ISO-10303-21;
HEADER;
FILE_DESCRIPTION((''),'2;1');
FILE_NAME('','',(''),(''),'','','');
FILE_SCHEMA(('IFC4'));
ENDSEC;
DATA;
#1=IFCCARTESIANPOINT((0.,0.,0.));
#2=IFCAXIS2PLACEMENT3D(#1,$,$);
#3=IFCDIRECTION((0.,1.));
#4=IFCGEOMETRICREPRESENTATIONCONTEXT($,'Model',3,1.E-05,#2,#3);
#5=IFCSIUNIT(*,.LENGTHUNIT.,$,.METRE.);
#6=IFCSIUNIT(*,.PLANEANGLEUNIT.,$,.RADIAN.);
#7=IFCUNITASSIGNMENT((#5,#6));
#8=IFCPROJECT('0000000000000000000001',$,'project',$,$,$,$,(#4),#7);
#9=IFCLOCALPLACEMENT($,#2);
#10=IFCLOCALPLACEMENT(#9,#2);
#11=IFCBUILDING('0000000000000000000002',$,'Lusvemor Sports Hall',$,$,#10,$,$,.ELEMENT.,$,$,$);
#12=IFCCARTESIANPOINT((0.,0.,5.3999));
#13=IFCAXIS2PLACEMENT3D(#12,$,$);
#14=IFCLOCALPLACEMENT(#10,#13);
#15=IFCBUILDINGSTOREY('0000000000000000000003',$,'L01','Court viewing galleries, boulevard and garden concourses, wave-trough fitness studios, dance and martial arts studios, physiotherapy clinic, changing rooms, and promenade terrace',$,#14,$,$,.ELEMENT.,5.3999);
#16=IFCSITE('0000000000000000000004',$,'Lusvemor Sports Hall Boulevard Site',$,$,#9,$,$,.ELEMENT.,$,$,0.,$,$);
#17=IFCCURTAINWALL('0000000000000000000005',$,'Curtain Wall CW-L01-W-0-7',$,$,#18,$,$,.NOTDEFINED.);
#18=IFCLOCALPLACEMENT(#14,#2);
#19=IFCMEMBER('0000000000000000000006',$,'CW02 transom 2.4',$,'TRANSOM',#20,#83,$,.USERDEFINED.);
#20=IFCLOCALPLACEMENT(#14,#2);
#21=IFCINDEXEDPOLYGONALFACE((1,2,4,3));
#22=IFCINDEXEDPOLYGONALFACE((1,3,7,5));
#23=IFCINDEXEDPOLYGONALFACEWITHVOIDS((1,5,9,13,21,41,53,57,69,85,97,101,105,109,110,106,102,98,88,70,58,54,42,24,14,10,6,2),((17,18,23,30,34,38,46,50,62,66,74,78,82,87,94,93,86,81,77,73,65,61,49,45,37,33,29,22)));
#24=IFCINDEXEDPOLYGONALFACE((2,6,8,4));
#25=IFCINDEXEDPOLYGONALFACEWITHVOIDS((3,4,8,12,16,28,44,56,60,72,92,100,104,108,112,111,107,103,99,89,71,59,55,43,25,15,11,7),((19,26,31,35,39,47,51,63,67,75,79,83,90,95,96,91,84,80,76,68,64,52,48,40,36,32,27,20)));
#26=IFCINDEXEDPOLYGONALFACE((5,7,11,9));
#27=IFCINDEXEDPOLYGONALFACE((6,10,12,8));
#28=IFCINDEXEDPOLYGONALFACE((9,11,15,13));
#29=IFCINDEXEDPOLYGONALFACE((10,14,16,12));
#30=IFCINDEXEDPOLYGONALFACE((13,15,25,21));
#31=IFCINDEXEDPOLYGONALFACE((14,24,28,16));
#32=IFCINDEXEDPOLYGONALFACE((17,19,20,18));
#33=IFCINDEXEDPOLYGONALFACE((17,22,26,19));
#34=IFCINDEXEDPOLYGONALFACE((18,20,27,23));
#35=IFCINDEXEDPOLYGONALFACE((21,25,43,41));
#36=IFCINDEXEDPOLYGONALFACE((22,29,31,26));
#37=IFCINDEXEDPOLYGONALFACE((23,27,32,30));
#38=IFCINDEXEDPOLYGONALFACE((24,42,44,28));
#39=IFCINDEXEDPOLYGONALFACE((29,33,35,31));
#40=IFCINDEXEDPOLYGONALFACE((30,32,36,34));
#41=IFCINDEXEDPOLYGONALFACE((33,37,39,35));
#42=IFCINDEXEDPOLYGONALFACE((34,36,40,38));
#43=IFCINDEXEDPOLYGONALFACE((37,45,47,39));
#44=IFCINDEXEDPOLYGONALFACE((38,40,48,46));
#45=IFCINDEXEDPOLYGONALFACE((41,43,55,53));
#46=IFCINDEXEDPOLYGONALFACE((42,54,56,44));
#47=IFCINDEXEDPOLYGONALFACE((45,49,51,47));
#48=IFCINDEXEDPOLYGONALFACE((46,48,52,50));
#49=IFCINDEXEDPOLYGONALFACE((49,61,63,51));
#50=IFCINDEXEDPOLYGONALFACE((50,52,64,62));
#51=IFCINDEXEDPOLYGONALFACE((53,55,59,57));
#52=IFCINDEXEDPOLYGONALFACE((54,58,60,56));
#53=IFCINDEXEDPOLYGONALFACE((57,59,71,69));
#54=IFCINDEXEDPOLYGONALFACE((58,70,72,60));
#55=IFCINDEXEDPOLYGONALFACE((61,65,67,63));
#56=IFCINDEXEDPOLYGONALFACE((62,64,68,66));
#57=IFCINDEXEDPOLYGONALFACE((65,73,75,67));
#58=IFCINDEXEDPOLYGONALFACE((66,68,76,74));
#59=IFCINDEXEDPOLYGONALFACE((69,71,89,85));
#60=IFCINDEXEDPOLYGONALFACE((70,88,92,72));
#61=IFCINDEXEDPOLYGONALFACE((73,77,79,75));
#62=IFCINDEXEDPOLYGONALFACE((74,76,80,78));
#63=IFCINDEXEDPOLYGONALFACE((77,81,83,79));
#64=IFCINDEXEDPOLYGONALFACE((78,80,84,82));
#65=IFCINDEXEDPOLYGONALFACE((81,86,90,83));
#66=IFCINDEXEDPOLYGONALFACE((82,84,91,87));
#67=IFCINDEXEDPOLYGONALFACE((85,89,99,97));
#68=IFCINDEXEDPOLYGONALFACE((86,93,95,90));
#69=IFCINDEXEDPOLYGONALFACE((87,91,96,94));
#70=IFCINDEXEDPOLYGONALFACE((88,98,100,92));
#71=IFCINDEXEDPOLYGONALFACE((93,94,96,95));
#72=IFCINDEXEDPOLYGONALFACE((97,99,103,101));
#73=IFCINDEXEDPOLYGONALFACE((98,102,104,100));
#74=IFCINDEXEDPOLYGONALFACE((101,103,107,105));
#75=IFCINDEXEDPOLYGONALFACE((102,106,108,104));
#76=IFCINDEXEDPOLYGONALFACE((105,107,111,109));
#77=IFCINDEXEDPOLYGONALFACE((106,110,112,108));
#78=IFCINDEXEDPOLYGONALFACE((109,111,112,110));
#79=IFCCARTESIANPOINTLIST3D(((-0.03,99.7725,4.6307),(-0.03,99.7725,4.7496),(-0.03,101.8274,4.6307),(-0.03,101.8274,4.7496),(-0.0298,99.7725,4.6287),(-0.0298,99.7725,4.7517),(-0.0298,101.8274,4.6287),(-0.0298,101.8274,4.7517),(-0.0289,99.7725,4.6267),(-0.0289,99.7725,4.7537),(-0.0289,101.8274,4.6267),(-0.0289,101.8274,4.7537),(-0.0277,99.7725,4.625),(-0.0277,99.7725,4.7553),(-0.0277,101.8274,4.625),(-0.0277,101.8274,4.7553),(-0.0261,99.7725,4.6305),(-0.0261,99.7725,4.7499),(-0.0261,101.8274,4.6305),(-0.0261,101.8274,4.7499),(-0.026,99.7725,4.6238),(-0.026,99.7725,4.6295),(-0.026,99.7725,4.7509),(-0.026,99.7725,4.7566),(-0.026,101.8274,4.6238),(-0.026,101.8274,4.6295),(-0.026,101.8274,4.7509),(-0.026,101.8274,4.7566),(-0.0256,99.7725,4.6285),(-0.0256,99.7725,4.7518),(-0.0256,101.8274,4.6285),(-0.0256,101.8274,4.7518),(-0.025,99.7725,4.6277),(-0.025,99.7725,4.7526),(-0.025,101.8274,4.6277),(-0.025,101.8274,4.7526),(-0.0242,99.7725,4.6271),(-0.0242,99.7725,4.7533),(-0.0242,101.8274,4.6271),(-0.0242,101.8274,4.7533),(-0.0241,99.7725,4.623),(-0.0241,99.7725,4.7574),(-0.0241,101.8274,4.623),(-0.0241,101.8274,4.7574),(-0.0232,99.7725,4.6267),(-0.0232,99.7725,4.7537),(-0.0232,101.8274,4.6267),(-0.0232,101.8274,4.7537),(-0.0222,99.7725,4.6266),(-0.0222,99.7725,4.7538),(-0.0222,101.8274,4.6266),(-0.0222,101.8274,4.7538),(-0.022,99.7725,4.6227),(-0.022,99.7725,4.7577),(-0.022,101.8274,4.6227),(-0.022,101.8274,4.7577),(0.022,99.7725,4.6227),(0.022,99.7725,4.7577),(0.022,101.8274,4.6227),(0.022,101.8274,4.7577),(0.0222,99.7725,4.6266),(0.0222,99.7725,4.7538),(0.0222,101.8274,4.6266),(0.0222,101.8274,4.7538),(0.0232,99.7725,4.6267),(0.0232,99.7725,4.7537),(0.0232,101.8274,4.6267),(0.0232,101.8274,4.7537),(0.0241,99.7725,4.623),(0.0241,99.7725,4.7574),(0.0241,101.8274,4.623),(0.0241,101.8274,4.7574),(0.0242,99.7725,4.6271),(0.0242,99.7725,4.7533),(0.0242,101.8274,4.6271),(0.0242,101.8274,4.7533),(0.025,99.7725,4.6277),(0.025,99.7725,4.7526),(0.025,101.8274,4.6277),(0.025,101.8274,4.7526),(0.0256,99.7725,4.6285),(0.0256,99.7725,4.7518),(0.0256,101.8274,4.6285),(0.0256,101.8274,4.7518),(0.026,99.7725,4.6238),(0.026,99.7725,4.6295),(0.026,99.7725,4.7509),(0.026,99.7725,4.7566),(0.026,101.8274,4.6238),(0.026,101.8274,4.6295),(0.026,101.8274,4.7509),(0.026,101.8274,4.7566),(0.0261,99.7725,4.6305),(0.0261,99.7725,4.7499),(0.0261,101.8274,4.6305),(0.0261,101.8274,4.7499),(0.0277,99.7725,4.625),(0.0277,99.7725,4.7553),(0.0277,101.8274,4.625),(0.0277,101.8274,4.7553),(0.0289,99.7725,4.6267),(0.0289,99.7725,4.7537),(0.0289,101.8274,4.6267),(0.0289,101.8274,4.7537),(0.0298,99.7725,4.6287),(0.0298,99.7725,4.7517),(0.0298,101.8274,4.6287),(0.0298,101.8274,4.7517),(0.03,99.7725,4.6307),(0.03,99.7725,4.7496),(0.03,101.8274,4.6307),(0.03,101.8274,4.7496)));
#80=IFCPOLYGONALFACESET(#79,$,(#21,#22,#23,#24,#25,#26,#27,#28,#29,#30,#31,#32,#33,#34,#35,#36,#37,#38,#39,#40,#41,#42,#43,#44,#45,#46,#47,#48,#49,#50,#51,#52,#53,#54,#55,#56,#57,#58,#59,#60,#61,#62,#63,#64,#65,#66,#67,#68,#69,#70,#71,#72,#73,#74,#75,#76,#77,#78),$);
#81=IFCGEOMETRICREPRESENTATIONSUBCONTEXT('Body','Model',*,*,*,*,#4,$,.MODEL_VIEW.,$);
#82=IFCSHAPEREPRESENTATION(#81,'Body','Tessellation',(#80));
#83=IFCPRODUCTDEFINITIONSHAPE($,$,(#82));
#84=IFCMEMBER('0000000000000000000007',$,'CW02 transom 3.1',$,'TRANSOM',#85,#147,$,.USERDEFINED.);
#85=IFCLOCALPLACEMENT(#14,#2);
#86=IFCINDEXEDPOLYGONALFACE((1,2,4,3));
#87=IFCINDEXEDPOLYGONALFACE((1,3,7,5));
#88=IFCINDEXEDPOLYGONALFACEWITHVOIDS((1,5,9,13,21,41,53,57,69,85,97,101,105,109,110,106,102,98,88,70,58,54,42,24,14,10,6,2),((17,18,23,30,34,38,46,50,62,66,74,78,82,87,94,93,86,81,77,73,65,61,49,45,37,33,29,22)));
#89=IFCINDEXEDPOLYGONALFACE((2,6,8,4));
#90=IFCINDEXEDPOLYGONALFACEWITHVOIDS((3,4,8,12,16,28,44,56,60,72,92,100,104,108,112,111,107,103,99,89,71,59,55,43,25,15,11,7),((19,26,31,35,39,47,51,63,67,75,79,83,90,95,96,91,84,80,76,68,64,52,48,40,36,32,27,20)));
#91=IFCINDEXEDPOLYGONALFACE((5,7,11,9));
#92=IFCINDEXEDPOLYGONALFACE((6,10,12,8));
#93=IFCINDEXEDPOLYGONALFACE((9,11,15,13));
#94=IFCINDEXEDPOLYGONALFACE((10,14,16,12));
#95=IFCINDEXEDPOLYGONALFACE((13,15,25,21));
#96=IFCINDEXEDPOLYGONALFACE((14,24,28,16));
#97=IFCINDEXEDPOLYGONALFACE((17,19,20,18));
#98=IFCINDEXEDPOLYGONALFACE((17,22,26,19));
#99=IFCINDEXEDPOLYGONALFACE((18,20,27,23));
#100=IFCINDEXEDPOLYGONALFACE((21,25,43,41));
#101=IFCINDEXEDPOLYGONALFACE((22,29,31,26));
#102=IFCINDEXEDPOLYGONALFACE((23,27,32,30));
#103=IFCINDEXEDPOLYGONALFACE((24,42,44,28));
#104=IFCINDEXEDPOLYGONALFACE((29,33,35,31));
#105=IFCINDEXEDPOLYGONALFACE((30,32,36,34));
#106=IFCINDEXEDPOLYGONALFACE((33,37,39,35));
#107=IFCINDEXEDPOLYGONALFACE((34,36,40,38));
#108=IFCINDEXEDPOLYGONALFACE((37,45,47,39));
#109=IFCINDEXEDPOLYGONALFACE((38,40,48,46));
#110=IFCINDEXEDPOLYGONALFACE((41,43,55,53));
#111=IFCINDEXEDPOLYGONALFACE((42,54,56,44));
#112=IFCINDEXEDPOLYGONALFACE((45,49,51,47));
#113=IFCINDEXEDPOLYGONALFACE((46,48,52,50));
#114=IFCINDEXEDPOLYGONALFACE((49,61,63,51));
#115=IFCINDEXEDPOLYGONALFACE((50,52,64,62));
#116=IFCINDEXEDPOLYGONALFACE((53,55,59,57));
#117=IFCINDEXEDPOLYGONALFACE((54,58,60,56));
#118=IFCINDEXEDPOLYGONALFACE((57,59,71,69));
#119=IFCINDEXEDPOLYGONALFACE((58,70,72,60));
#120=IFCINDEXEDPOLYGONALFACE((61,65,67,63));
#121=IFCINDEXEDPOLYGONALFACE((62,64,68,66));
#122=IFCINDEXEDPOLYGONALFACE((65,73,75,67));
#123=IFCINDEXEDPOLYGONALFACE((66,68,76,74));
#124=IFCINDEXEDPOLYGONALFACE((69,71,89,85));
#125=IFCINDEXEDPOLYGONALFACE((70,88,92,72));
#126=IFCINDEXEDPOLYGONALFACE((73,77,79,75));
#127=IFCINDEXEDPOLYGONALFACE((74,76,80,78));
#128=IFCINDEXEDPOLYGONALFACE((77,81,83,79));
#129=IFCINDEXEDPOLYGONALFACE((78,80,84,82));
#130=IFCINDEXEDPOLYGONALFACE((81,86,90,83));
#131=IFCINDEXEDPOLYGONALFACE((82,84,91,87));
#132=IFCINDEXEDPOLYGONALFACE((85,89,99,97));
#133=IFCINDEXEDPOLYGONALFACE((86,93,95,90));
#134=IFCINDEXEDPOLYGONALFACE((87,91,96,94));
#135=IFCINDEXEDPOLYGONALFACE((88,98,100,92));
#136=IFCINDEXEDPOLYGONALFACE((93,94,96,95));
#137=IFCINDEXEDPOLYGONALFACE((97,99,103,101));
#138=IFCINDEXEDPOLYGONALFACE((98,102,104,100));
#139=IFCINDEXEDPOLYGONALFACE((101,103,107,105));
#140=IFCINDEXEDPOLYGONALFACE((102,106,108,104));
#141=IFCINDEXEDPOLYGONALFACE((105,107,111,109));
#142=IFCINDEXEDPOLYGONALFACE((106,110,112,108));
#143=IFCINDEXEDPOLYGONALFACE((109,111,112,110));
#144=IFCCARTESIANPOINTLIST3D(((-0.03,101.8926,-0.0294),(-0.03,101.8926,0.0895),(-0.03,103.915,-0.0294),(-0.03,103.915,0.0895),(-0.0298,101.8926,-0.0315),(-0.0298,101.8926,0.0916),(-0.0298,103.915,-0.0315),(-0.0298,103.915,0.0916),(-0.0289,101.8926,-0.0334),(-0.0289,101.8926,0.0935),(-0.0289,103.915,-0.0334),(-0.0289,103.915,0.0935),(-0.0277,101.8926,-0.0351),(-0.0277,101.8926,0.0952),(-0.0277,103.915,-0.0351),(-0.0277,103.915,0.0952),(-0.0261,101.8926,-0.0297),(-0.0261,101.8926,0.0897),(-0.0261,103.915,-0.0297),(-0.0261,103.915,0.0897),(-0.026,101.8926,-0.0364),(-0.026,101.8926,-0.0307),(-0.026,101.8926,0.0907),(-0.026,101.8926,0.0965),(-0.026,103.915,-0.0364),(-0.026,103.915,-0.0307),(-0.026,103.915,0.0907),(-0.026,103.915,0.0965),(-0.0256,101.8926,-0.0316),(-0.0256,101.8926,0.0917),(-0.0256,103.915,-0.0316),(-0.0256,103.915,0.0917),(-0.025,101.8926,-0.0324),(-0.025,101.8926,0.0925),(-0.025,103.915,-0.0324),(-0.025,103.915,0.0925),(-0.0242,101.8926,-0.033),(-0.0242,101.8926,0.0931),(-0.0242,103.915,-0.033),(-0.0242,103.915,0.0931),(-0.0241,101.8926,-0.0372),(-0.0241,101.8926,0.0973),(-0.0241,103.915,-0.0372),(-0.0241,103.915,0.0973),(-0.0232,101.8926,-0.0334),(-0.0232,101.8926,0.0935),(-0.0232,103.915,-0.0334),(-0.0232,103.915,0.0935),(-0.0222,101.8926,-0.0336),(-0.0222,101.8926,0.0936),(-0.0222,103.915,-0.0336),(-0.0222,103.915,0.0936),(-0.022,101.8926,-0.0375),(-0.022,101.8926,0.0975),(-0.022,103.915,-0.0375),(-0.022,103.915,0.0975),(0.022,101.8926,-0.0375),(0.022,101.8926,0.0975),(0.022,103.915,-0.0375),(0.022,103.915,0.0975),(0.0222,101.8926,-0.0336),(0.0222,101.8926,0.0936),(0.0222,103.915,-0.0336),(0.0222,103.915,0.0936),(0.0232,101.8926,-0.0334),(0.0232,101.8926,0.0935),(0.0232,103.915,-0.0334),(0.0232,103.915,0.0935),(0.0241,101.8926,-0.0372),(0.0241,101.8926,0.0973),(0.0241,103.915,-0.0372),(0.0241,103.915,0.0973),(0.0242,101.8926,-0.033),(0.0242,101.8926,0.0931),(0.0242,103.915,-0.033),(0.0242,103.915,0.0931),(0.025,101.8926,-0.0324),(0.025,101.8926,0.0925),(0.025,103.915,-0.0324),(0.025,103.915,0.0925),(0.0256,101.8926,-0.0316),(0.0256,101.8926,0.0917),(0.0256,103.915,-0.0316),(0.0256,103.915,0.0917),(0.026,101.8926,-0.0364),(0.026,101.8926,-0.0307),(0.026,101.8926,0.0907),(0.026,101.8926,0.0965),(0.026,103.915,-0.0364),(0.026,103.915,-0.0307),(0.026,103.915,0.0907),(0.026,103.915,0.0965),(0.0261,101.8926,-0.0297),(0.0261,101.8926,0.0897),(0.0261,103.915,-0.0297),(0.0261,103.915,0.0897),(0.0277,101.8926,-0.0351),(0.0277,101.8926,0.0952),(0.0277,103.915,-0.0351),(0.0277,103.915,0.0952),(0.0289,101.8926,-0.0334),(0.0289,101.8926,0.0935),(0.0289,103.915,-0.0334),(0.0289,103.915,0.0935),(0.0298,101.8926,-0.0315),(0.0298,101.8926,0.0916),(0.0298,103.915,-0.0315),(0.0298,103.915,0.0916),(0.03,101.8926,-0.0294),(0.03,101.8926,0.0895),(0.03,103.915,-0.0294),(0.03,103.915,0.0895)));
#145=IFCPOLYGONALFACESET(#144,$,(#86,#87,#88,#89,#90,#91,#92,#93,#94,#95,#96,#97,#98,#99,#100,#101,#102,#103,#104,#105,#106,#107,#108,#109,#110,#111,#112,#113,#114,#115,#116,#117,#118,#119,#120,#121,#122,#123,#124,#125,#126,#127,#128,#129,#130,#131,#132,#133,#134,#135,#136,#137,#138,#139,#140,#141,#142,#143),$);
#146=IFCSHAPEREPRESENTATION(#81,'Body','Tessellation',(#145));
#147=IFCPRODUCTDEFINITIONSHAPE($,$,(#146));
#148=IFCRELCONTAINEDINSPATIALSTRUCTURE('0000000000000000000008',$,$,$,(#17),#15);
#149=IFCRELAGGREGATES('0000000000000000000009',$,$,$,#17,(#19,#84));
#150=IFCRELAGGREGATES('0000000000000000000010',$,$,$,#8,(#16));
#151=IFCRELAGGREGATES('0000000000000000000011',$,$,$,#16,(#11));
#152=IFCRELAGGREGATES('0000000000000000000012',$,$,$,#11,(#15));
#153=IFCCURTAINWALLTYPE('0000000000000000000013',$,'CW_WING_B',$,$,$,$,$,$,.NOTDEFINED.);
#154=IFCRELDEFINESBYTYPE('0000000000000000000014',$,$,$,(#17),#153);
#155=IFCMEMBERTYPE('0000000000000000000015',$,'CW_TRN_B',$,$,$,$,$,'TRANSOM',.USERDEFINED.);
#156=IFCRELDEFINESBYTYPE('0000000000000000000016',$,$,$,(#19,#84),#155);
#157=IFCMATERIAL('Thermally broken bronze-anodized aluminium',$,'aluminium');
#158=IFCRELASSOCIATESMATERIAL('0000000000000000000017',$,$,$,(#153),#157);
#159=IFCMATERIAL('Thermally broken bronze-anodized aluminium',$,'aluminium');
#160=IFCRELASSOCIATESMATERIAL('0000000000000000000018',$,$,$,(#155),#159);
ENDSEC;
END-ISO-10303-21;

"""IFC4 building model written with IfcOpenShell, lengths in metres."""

from ifc_helpers import new_model, si_unit, direction, frame, origin, origin_2d, place, context, subcontext, project, spatial, hollow_rectangle, extrude, material, material_profile, profile_set, type_object, element, aggregate, save


model = new_model("IFC4")

# Units and contexts
model_context = context("Model", 3, precision=1e-05, world=origin(), true_north=direction((0.0, 1.0)))
body_context = subcontext(model_context, "Body", "Model", "MODEL_VIEW")
ifc_project = project(units=[si_unit("LENGTHUNIT", "METRE"), si_unit("PLANEANGLEUNIT", "RADIAN")], contexts=[model_context])

# Site, building, storey
site_placement = place(None, origin())
site = spatial("IfcSite", under=ifc_project, at=site_placement, Name="Lusvemor Sports Hall Boulevard Site", CompositionType="ELEMENT", RefElevation=0.0)
building_placement = place(site_placement, origin())
building = spatial("IfcBuilding", under=site, at=building_placement, Name="Lusvemor Sports Hall", CompositionType="ELEMENT")
storey_placement = place(building_placement, frame((0.0, 0.0, 5.3999)))
storey = spatial("IfcBuildingStorey", under=building, at=storey_placement, Name="L01", Description="Court viewing galleries, boulevard and garden concourses, wave-trough fitness studios, dance and martial arts studios, physiotherapy clinic, changing rooms, and promenade terrace", CompositionType="ELEMENT", Elevation=5.3999)

# Curtain wall, members
ifc_material_1 = material(Name="Thermally broken bronze-anodized aluminium", Category="aluminium")
curtain_wall_type = type_object("IfcCurtainWallType", Name="CW_WING_B", PredefinedType="NOTDEFINED", material=ifc_material_1)
curtain_wall_placement = place(storey_placement, origin())
curtain_wall = element("IfcCurtainWall", 1, at=curtain_wall_placement, inside=storey, type_object=curtain_wall_type, Name="Curtain Wall CW-L01-W-0-7", PredefinedType="NOTDEFINED")
ifc_material_2 = material(Name="Thermally broken bronze-anodized aluminium", Category="aluminium")
ifc_material_profile_1 = material_profile(ifc_material_2, hollow_rectangle(XDim=0.0601, YDim=0.135, WallThickness=0.0039, InnerFilletRadius=0.0039, OuterFilletRadius=0.0081, at=origin_2d()), Name="CWTRN135x60x4")
ifc_profile_set_1 = profile_set([ifc_material_profile_1], Name="Thermally broken bronze-anodized aluminium")
member_type_1 = type_object("IfcMemberType", Name="CW_TRN_B", ElementType="TRANSOM", PredefinedType="USERDEFINED", material=ifc_profile_set_1)
member_1_placement = place(storey_placement, frame((0.0, 99.7725, 4.6902), z_axis=(0.0, 1.0, 0.0), x_axis=(-1.0, 0.0, 0.0)))
member_1 = element("IfcMember", 2, at=member_1_placement, type_object=member_type_1, Name="CW02 transom 2.4", ObjectType="TRANSOM", PredefinedType="USERDEFINED", context=body_context, shape_type="SweptSolid", body=[
    extrude(hollow_rectangle(XDim=0.0601, YDim=0.135, WallThickness=0.0039, InnerFilletRadius=0.0039, OuterFilletRadius=0.0081, at=origin_2d()), origin(), (0.0, 0.0, 1.0), 2.0549),
])
member_2_placement = place(storey_placement, frame((0.0, 101.8926, 0.03), z_axis=(0.0, 1.0, 0.0), x_axis=(-1.0, 0.0, 0.0)))
member_2 = element("IfcMember", 3, at=member_2_placement, type_object=member_type_1, Name="CW02 transom 3.1", ObjectType="TRANSOM", PredefinedType="USERDEFINED", context=body_context, shape_type="SweptSolid", body=[
    extrude(hollow_rectangle(XDim=0.0601, YDim=0.135, WallThickness=0.0039, InnerFilletRadius=0.0039, OuterFilletRadius=0.0081, at=origin_2d()), origin(), (0.0, 0.0, 1.0), 2.0225),
])

aggregate(curtain_wall, [member_1, member_2])

save(model, "model.ifc")
